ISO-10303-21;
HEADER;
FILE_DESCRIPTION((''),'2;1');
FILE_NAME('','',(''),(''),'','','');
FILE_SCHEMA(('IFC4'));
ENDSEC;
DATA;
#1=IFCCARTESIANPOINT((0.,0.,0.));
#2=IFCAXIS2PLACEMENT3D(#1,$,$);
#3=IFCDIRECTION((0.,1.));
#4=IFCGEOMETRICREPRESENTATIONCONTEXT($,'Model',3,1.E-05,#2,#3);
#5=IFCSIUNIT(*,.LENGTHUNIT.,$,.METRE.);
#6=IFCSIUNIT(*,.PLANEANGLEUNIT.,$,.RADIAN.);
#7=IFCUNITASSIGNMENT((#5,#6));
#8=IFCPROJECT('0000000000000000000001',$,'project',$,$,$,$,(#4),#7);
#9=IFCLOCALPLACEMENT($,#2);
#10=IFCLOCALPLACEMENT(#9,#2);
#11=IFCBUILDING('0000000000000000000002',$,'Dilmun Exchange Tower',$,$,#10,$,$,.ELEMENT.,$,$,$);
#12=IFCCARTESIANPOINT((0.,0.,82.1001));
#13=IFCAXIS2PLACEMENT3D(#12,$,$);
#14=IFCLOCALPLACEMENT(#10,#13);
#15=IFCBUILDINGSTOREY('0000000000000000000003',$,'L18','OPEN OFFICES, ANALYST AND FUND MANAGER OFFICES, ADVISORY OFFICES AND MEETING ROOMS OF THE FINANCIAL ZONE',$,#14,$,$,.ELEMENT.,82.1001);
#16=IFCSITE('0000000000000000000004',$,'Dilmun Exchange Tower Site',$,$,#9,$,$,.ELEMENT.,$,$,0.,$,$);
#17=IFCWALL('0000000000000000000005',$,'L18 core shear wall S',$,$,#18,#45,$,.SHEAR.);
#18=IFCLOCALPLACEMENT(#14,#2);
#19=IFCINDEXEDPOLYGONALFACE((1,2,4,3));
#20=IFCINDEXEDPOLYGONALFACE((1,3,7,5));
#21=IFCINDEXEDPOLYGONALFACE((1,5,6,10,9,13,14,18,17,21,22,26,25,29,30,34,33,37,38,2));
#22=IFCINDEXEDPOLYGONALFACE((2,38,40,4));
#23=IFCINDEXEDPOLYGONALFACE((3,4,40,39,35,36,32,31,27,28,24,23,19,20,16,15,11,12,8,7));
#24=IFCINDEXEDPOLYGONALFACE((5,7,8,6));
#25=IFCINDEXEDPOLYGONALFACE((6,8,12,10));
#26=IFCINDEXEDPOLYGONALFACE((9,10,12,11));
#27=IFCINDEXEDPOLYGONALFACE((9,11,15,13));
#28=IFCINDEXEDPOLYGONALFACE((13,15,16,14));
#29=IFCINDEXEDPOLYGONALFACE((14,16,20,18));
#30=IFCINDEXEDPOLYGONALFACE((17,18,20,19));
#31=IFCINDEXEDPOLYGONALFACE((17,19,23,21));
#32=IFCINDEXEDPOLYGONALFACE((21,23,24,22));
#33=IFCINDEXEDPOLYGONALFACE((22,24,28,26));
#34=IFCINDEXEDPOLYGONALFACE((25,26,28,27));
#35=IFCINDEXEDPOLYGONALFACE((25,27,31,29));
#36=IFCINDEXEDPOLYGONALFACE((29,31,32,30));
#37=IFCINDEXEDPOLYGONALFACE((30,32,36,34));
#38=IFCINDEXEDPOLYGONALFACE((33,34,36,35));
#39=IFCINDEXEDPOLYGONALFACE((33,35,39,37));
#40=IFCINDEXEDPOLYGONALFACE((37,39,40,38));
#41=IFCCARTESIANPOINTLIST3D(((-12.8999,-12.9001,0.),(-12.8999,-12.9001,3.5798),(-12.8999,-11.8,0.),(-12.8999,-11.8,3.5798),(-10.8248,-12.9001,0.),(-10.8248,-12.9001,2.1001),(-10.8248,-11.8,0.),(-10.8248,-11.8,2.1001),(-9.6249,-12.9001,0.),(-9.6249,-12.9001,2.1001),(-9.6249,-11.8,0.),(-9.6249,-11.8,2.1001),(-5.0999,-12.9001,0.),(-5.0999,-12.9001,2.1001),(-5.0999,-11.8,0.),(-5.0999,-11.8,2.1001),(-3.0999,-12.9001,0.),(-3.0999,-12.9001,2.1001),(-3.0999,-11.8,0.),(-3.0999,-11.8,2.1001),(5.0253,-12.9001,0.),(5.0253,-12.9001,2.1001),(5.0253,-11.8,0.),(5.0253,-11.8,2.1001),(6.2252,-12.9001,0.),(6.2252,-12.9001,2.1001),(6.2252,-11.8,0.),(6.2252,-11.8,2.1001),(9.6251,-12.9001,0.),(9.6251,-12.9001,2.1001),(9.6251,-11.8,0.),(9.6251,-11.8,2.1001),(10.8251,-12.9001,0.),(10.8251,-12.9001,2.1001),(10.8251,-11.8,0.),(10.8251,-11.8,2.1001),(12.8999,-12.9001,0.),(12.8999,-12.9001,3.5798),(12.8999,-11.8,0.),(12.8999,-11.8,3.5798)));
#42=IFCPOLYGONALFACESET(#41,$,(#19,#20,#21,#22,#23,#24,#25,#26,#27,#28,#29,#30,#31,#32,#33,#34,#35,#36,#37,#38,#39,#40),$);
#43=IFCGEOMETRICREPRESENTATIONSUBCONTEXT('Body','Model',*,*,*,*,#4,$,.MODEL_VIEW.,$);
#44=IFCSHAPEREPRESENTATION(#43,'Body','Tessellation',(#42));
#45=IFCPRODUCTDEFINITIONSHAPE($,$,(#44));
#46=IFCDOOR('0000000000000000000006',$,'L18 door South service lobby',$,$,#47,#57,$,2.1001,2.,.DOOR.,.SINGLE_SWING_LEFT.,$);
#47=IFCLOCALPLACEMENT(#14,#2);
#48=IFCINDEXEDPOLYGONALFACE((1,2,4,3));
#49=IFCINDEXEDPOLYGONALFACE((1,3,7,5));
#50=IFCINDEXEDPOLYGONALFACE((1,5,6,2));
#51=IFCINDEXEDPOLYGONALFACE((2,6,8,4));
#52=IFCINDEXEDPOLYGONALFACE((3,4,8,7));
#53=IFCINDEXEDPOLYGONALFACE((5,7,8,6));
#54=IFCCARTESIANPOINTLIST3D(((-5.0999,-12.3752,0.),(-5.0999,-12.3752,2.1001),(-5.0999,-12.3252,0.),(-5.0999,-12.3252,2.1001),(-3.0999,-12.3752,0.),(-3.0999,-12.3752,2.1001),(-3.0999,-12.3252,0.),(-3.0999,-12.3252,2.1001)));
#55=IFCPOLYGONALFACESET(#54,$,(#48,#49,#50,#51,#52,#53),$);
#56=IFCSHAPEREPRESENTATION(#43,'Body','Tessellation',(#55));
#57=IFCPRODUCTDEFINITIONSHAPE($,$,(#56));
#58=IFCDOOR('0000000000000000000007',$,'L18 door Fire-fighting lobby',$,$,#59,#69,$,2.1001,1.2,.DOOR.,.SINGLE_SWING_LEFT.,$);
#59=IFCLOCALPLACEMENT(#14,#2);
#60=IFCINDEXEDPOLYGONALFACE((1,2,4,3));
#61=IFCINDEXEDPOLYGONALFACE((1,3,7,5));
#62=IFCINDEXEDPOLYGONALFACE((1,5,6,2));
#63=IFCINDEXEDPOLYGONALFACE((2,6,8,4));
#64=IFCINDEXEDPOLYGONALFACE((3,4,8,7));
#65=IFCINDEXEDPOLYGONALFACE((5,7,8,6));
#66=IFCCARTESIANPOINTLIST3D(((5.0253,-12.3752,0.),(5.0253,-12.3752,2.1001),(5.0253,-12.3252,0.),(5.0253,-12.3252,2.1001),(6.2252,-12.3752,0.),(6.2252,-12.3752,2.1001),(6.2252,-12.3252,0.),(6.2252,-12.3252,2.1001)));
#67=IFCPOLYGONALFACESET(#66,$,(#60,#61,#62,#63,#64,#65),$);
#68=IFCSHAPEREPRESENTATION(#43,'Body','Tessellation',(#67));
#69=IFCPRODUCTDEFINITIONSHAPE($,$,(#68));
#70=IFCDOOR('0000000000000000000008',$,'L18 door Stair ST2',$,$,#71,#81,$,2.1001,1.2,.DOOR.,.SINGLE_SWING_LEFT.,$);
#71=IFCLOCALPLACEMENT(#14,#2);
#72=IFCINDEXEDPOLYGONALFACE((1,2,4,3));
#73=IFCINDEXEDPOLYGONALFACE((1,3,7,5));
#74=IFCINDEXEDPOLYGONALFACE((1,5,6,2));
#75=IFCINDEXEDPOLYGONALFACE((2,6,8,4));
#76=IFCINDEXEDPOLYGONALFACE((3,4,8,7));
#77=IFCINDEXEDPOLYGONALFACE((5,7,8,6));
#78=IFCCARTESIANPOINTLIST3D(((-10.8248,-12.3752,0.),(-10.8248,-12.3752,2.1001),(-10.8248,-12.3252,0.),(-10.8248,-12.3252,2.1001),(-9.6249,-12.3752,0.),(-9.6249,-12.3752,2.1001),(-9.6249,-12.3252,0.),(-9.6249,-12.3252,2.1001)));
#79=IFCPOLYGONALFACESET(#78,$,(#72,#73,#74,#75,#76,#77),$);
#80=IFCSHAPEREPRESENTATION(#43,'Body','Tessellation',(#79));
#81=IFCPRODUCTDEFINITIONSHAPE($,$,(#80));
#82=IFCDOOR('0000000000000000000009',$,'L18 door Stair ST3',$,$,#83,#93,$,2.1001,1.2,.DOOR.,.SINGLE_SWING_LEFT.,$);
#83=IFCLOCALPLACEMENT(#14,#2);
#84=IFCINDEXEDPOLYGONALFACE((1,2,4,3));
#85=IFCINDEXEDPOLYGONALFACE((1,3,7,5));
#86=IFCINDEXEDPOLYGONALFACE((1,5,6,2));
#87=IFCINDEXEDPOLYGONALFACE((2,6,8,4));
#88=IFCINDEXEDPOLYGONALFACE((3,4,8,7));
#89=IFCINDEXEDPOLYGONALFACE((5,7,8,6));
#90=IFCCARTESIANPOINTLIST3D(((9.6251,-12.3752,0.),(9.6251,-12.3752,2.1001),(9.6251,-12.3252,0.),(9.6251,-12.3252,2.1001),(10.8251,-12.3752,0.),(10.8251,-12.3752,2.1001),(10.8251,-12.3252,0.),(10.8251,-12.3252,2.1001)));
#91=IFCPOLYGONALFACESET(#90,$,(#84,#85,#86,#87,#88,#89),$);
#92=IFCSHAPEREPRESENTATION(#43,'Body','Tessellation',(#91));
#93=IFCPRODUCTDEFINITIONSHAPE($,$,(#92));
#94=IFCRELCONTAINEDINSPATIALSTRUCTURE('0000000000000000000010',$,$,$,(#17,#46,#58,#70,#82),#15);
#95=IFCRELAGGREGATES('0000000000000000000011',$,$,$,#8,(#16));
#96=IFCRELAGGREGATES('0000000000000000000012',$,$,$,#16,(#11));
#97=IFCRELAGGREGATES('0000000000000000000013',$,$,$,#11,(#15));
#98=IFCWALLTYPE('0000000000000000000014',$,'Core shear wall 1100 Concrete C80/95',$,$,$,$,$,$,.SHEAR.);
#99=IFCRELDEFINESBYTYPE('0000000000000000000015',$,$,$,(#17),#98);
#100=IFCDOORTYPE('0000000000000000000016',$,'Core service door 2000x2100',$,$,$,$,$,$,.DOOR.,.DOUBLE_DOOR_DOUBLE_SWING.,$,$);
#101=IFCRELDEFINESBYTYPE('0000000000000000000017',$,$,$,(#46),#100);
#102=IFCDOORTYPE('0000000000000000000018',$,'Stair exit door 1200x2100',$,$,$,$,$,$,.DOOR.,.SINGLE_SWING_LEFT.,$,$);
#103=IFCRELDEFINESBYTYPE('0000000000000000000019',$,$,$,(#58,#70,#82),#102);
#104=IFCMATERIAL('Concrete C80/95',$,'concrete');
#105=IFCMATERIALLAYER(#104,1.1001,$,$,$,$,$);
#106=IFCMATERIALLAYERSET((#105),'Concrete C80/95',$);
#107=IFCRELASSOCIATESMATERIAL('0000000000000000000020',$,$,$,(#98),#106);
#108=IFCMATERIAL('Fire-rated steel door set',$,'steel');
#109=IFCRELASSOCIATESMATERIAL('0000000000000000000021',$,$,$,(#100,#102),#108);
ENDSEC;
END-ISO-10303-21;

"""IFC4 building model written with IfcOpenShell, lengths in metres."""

from ifc_helpers import new_model, si_unit, direction, frame, frame_2d, origin, place, context, subcontext, project, spatial, rectangle, extrude, material, layer, layer_set, type_object, element, fill, save


model = new_model("IFC4")

# Units and contexts
model_context = context("Model", 3, precision=1e-05, world=origin(), true_north=direction((0.0, 1.0)))
body_context = subcontext(model_context, "Body", "Model", "MODEL_VIEW")
ifc_project = project(units=[si_unit("LENGTHUNIT", "METRE"), si_unit("PLANEANGLEUNIT", "RADIAN")], contexts=[model_context])

# Site, building, storey
site_placement = place(None, origin())
site = spatial("IfcSite", under=ifc_project, at=site_placement, Name="Dilmun Exchange Tower Site", CompositionType="ELEMENT", RefElevation=0.0)
building_placement = place(site_placement, origin())
building = spatial("IfcBuilding", under=site, at=building_placement, Name="Dilmun Exchange Tower", CompositionType="ELEMENT")
storey_placement = place(building_placement, frame((0.0, 0.0, 82.1001)))
storey = spatial("IfcBuildingStorey", under=building, at=storey_placement, Name="L18", Description="OPEN OFFICES, ANALYST AND FUND MANAGER OFFICES, ADVISORY OFFICES AND MEETING ROOMS OF THE FINANCIAL ZONE", CompositionType="ELEMENT", Elevation=82.1001)

# Wall, openings, doors
ifc_material_1 = material(Name="Concrete C80/95", Category="concrete")
ifc_layer_1 = layer(ifc_material_1, 1.1001)
ifc_layer_set_1 = layer_set([ifc_layer_1], Name="Concrete C80/95")
wall_type_1 = type_object("IfcWallType", Name="Core shear wall 1100 Concrete C80/95", PredefinedType="SHEAR", material=ifc_layer_set_1)
wall_1_placement = place(storey_placement, frame((-12.8999, -12.3501, 0.0), z_axis=(0.0, 0.0, 1.0), x_axis=(1.0, 0.0, 0.0)))
wall_1 = element("IfcWall", 1, at=wall_1_placement, inside=storey, type_object=wall_type_1, Name="L18 core shear wall S", PredefinedType="SHEAR", context=body_context, shape_type="SweptSolid", body=[
    extrude(rectangle(XDim=25.7998, YDim=1.1001, at=frame_2d((12.8999, 0.0))), origin(), (0.0, 0.0, 1.0), 3.5798),
])
opening_1_placement = place(wall_1_placement, frame((7.8, 0.0, 0.0)))
opening_1 = element("IfcOpeningElement", 2, at=opening_1_placement, cuts=wall_1, PredefinedType="OPENING", context=body_context, shape_type="SweptSolid", body=[
    extrude(rectangle(XDim=2.0, YDim=2.1001, at=frame_2d((1.0, 1.05))), frame((0.0, 0.5601, 0.0), z_axis=(0.0, -1.0, 0.0), x_axis=(1.0, 0.0, 0.0)), (0.0, 0.0, 1.0), 1.1201),
])
opening_2_placement = place(wall_1_placement, frame((17.925, 0.0, 0.0)))
opening_2 = element("IfcOpeningElement", 3, at=opening_2_placement, cuts=wall_1, PredefinedType="OPENING", context=body_context, shape_type="SweptSolid", body=[
    extrude(rectangle(XDim=1.2, YDim=2.1001, at=frame_2d((0.6001, 1.05))), frame((0.0, 0.5601, 0.0), z_axis=(0.0, -1.0, 0.0), x_axis=(1.0, 0.0, 0.0)), (0.0, 0.0, 1.0), 1.1201),
])
opening_3_placement = place(wall_1_placement, frame((2.075, 0.0, 0.0)))
opening_3 = element("IfcOpeningElement", 4, at=opening_3_placement, cuts=wall_1, PredefinedType="OPENING", context=body_context, shape_type="SweptSolid", body=[
    extrude(rectangle(XDim=1.2, YDim=2.1001, at=frame_2d((0.6001, 1.05))), frame((0.0, 0.5601, 0.0), z_axis=(0.0, -1.0, 0.0), x_axis=(1.0, 0.0, 0.0)), (0.0, 0.0, 1.0), 1.1201),
])
opening_4_placement = place(wall_1_placement, frame((22.5249, 0.0, 0.0)))
opening_4 = element("IfcOpeningElement", 5, at=opening_4_placement, cuts=wall_1, PredefinedType="OPENING", context=body_context, shape_type="SweptSolid", body=[
    extrude(rectangle(XDim=1.2, YDim=2.1001, at=frame_2d((0.6001, 1.05))), frame((0.0, 0.5601, 0.0), z_axis=(0.0, -1.0, 0.0), x_axis=(1.0, 0.0, 0.0)), (0.0, 0.0, 1.0), 1.1201),
])
ifc_material_2 = material(Name="Fire-rated steel door set", Category="steel")
door_type_1 = type_object("IfcDoorType", Name="Core service door 2000x2100", OperationType="DOUBLE_DOOR_DOUBLE_SWING", PredefinedType="DOOR", material=ifc_material_2)
door_1_placement = place(opening_1_placement, origin())
door_1 = element("IfcDoor", 6, at=door_1_placement, inside=storey, type_object=door_type_1, Name="L18 door South service lobby", OperationType="SINGLE_SWING_LEFT", OverallHeight=2.1001, OverallWidth=2.0, PredefinedType="DOOR", context=body_context, shape_type="SweptSolid", body=[
    extrude(rectangle(XDim=2.0, YDim=2.1001, at=frame_2d((1.0, 1.05))), frame((0.0, 0.0249, 0.0), z_axis=(0.0, -1.0, 0.0), x_axis=(1.0, 0.0, 0.0)), (0.0, 0.0, 1.0), 0.05),
])
fill(opening_1, door_1)
door_type_2 = type_object("IfcDoorType", Name="Stair exit door 1200x2100", OperationType="SINGLE_SWING_LEFT", PredefinedType="DOOR", material=ifc_material_2)
door_2_placement = place(opening_2_placement, origin())
door_2 = element("IfcDoor", 7, at=door_2_placement, inside=storey, type_object=door_type_2, Name="L18 door Fire-fighting lobby", OperationType="SINGLE_SWING_LEFT", OverallHeight=2.1001, OverallWidth=1.2, PredefinedType="DOOR", context=body_context, shape_type="SweptSolid", body=[
    extrude(rectangle(XDim=1.2, YDim=2.1001, at=frame_2d((0.6001, 1.05))), frame((0.0, 0.0249, 0.0), z_axis=(0.0, -1.0, 0.0), x_axis=(1.0, 0.0, 0.0)), (0.0, 0.0, 1.0), 0.05),
])
fill(opening_2, door_2)
door_3_placement = place(opening_3_placement, origin())
door_3 = element("IfcDoor", 8, at=door_3_placement, inside=storey, type_object=door_type_2, Name="L18 door Stair ST2", OperationType="SINGLE_SWING_LEFT", OverallHeight=2.1001, OverallWidth=1.2, PredefinedType="DOOR", context=body_context, shape_type="SweptSolid", body=[
    extrude(rectangle(XDim=1.2, YDim=2.1001, at=frame_2d((0.6001, 1.05))), frame((0.0, 0.0249, 0.0), z_axis=(0.0, -1.0, 0.0), x_axis=(1.0, 0.0, 0.0)), (0.0, 0.0, 1.0), 0.05),
])
fill(opening_3, door_3)
door_4_placement = place(opening_4_placement, origin())
door_4 = element("IfcDoor", 9, at=door_4_placement, inside=storey, type_object=door_type_2, Name="L18 door Stair ST3", OperationType="SINGLE_SWING_LEFT", OverallHeight=2.1001, OverallWidth=1.2, PredefinedType="DOOR", context=body_context, shape_type="SweptSolid", body=[
    extrude(rectangle(XDim=1.2, YDim=2.1001, at=frame_2d((0.6001, 1.05))), frame((0.0, 0.0249, 0.0), z_axis=(0.0, -1.0, 0.0), x_axis=(1.0, 0.0, 0.0)), (0.0, 0.0, 1.0), 0.05),
])
fill(opening_4, door_4)

save(model, "model.ifc")
